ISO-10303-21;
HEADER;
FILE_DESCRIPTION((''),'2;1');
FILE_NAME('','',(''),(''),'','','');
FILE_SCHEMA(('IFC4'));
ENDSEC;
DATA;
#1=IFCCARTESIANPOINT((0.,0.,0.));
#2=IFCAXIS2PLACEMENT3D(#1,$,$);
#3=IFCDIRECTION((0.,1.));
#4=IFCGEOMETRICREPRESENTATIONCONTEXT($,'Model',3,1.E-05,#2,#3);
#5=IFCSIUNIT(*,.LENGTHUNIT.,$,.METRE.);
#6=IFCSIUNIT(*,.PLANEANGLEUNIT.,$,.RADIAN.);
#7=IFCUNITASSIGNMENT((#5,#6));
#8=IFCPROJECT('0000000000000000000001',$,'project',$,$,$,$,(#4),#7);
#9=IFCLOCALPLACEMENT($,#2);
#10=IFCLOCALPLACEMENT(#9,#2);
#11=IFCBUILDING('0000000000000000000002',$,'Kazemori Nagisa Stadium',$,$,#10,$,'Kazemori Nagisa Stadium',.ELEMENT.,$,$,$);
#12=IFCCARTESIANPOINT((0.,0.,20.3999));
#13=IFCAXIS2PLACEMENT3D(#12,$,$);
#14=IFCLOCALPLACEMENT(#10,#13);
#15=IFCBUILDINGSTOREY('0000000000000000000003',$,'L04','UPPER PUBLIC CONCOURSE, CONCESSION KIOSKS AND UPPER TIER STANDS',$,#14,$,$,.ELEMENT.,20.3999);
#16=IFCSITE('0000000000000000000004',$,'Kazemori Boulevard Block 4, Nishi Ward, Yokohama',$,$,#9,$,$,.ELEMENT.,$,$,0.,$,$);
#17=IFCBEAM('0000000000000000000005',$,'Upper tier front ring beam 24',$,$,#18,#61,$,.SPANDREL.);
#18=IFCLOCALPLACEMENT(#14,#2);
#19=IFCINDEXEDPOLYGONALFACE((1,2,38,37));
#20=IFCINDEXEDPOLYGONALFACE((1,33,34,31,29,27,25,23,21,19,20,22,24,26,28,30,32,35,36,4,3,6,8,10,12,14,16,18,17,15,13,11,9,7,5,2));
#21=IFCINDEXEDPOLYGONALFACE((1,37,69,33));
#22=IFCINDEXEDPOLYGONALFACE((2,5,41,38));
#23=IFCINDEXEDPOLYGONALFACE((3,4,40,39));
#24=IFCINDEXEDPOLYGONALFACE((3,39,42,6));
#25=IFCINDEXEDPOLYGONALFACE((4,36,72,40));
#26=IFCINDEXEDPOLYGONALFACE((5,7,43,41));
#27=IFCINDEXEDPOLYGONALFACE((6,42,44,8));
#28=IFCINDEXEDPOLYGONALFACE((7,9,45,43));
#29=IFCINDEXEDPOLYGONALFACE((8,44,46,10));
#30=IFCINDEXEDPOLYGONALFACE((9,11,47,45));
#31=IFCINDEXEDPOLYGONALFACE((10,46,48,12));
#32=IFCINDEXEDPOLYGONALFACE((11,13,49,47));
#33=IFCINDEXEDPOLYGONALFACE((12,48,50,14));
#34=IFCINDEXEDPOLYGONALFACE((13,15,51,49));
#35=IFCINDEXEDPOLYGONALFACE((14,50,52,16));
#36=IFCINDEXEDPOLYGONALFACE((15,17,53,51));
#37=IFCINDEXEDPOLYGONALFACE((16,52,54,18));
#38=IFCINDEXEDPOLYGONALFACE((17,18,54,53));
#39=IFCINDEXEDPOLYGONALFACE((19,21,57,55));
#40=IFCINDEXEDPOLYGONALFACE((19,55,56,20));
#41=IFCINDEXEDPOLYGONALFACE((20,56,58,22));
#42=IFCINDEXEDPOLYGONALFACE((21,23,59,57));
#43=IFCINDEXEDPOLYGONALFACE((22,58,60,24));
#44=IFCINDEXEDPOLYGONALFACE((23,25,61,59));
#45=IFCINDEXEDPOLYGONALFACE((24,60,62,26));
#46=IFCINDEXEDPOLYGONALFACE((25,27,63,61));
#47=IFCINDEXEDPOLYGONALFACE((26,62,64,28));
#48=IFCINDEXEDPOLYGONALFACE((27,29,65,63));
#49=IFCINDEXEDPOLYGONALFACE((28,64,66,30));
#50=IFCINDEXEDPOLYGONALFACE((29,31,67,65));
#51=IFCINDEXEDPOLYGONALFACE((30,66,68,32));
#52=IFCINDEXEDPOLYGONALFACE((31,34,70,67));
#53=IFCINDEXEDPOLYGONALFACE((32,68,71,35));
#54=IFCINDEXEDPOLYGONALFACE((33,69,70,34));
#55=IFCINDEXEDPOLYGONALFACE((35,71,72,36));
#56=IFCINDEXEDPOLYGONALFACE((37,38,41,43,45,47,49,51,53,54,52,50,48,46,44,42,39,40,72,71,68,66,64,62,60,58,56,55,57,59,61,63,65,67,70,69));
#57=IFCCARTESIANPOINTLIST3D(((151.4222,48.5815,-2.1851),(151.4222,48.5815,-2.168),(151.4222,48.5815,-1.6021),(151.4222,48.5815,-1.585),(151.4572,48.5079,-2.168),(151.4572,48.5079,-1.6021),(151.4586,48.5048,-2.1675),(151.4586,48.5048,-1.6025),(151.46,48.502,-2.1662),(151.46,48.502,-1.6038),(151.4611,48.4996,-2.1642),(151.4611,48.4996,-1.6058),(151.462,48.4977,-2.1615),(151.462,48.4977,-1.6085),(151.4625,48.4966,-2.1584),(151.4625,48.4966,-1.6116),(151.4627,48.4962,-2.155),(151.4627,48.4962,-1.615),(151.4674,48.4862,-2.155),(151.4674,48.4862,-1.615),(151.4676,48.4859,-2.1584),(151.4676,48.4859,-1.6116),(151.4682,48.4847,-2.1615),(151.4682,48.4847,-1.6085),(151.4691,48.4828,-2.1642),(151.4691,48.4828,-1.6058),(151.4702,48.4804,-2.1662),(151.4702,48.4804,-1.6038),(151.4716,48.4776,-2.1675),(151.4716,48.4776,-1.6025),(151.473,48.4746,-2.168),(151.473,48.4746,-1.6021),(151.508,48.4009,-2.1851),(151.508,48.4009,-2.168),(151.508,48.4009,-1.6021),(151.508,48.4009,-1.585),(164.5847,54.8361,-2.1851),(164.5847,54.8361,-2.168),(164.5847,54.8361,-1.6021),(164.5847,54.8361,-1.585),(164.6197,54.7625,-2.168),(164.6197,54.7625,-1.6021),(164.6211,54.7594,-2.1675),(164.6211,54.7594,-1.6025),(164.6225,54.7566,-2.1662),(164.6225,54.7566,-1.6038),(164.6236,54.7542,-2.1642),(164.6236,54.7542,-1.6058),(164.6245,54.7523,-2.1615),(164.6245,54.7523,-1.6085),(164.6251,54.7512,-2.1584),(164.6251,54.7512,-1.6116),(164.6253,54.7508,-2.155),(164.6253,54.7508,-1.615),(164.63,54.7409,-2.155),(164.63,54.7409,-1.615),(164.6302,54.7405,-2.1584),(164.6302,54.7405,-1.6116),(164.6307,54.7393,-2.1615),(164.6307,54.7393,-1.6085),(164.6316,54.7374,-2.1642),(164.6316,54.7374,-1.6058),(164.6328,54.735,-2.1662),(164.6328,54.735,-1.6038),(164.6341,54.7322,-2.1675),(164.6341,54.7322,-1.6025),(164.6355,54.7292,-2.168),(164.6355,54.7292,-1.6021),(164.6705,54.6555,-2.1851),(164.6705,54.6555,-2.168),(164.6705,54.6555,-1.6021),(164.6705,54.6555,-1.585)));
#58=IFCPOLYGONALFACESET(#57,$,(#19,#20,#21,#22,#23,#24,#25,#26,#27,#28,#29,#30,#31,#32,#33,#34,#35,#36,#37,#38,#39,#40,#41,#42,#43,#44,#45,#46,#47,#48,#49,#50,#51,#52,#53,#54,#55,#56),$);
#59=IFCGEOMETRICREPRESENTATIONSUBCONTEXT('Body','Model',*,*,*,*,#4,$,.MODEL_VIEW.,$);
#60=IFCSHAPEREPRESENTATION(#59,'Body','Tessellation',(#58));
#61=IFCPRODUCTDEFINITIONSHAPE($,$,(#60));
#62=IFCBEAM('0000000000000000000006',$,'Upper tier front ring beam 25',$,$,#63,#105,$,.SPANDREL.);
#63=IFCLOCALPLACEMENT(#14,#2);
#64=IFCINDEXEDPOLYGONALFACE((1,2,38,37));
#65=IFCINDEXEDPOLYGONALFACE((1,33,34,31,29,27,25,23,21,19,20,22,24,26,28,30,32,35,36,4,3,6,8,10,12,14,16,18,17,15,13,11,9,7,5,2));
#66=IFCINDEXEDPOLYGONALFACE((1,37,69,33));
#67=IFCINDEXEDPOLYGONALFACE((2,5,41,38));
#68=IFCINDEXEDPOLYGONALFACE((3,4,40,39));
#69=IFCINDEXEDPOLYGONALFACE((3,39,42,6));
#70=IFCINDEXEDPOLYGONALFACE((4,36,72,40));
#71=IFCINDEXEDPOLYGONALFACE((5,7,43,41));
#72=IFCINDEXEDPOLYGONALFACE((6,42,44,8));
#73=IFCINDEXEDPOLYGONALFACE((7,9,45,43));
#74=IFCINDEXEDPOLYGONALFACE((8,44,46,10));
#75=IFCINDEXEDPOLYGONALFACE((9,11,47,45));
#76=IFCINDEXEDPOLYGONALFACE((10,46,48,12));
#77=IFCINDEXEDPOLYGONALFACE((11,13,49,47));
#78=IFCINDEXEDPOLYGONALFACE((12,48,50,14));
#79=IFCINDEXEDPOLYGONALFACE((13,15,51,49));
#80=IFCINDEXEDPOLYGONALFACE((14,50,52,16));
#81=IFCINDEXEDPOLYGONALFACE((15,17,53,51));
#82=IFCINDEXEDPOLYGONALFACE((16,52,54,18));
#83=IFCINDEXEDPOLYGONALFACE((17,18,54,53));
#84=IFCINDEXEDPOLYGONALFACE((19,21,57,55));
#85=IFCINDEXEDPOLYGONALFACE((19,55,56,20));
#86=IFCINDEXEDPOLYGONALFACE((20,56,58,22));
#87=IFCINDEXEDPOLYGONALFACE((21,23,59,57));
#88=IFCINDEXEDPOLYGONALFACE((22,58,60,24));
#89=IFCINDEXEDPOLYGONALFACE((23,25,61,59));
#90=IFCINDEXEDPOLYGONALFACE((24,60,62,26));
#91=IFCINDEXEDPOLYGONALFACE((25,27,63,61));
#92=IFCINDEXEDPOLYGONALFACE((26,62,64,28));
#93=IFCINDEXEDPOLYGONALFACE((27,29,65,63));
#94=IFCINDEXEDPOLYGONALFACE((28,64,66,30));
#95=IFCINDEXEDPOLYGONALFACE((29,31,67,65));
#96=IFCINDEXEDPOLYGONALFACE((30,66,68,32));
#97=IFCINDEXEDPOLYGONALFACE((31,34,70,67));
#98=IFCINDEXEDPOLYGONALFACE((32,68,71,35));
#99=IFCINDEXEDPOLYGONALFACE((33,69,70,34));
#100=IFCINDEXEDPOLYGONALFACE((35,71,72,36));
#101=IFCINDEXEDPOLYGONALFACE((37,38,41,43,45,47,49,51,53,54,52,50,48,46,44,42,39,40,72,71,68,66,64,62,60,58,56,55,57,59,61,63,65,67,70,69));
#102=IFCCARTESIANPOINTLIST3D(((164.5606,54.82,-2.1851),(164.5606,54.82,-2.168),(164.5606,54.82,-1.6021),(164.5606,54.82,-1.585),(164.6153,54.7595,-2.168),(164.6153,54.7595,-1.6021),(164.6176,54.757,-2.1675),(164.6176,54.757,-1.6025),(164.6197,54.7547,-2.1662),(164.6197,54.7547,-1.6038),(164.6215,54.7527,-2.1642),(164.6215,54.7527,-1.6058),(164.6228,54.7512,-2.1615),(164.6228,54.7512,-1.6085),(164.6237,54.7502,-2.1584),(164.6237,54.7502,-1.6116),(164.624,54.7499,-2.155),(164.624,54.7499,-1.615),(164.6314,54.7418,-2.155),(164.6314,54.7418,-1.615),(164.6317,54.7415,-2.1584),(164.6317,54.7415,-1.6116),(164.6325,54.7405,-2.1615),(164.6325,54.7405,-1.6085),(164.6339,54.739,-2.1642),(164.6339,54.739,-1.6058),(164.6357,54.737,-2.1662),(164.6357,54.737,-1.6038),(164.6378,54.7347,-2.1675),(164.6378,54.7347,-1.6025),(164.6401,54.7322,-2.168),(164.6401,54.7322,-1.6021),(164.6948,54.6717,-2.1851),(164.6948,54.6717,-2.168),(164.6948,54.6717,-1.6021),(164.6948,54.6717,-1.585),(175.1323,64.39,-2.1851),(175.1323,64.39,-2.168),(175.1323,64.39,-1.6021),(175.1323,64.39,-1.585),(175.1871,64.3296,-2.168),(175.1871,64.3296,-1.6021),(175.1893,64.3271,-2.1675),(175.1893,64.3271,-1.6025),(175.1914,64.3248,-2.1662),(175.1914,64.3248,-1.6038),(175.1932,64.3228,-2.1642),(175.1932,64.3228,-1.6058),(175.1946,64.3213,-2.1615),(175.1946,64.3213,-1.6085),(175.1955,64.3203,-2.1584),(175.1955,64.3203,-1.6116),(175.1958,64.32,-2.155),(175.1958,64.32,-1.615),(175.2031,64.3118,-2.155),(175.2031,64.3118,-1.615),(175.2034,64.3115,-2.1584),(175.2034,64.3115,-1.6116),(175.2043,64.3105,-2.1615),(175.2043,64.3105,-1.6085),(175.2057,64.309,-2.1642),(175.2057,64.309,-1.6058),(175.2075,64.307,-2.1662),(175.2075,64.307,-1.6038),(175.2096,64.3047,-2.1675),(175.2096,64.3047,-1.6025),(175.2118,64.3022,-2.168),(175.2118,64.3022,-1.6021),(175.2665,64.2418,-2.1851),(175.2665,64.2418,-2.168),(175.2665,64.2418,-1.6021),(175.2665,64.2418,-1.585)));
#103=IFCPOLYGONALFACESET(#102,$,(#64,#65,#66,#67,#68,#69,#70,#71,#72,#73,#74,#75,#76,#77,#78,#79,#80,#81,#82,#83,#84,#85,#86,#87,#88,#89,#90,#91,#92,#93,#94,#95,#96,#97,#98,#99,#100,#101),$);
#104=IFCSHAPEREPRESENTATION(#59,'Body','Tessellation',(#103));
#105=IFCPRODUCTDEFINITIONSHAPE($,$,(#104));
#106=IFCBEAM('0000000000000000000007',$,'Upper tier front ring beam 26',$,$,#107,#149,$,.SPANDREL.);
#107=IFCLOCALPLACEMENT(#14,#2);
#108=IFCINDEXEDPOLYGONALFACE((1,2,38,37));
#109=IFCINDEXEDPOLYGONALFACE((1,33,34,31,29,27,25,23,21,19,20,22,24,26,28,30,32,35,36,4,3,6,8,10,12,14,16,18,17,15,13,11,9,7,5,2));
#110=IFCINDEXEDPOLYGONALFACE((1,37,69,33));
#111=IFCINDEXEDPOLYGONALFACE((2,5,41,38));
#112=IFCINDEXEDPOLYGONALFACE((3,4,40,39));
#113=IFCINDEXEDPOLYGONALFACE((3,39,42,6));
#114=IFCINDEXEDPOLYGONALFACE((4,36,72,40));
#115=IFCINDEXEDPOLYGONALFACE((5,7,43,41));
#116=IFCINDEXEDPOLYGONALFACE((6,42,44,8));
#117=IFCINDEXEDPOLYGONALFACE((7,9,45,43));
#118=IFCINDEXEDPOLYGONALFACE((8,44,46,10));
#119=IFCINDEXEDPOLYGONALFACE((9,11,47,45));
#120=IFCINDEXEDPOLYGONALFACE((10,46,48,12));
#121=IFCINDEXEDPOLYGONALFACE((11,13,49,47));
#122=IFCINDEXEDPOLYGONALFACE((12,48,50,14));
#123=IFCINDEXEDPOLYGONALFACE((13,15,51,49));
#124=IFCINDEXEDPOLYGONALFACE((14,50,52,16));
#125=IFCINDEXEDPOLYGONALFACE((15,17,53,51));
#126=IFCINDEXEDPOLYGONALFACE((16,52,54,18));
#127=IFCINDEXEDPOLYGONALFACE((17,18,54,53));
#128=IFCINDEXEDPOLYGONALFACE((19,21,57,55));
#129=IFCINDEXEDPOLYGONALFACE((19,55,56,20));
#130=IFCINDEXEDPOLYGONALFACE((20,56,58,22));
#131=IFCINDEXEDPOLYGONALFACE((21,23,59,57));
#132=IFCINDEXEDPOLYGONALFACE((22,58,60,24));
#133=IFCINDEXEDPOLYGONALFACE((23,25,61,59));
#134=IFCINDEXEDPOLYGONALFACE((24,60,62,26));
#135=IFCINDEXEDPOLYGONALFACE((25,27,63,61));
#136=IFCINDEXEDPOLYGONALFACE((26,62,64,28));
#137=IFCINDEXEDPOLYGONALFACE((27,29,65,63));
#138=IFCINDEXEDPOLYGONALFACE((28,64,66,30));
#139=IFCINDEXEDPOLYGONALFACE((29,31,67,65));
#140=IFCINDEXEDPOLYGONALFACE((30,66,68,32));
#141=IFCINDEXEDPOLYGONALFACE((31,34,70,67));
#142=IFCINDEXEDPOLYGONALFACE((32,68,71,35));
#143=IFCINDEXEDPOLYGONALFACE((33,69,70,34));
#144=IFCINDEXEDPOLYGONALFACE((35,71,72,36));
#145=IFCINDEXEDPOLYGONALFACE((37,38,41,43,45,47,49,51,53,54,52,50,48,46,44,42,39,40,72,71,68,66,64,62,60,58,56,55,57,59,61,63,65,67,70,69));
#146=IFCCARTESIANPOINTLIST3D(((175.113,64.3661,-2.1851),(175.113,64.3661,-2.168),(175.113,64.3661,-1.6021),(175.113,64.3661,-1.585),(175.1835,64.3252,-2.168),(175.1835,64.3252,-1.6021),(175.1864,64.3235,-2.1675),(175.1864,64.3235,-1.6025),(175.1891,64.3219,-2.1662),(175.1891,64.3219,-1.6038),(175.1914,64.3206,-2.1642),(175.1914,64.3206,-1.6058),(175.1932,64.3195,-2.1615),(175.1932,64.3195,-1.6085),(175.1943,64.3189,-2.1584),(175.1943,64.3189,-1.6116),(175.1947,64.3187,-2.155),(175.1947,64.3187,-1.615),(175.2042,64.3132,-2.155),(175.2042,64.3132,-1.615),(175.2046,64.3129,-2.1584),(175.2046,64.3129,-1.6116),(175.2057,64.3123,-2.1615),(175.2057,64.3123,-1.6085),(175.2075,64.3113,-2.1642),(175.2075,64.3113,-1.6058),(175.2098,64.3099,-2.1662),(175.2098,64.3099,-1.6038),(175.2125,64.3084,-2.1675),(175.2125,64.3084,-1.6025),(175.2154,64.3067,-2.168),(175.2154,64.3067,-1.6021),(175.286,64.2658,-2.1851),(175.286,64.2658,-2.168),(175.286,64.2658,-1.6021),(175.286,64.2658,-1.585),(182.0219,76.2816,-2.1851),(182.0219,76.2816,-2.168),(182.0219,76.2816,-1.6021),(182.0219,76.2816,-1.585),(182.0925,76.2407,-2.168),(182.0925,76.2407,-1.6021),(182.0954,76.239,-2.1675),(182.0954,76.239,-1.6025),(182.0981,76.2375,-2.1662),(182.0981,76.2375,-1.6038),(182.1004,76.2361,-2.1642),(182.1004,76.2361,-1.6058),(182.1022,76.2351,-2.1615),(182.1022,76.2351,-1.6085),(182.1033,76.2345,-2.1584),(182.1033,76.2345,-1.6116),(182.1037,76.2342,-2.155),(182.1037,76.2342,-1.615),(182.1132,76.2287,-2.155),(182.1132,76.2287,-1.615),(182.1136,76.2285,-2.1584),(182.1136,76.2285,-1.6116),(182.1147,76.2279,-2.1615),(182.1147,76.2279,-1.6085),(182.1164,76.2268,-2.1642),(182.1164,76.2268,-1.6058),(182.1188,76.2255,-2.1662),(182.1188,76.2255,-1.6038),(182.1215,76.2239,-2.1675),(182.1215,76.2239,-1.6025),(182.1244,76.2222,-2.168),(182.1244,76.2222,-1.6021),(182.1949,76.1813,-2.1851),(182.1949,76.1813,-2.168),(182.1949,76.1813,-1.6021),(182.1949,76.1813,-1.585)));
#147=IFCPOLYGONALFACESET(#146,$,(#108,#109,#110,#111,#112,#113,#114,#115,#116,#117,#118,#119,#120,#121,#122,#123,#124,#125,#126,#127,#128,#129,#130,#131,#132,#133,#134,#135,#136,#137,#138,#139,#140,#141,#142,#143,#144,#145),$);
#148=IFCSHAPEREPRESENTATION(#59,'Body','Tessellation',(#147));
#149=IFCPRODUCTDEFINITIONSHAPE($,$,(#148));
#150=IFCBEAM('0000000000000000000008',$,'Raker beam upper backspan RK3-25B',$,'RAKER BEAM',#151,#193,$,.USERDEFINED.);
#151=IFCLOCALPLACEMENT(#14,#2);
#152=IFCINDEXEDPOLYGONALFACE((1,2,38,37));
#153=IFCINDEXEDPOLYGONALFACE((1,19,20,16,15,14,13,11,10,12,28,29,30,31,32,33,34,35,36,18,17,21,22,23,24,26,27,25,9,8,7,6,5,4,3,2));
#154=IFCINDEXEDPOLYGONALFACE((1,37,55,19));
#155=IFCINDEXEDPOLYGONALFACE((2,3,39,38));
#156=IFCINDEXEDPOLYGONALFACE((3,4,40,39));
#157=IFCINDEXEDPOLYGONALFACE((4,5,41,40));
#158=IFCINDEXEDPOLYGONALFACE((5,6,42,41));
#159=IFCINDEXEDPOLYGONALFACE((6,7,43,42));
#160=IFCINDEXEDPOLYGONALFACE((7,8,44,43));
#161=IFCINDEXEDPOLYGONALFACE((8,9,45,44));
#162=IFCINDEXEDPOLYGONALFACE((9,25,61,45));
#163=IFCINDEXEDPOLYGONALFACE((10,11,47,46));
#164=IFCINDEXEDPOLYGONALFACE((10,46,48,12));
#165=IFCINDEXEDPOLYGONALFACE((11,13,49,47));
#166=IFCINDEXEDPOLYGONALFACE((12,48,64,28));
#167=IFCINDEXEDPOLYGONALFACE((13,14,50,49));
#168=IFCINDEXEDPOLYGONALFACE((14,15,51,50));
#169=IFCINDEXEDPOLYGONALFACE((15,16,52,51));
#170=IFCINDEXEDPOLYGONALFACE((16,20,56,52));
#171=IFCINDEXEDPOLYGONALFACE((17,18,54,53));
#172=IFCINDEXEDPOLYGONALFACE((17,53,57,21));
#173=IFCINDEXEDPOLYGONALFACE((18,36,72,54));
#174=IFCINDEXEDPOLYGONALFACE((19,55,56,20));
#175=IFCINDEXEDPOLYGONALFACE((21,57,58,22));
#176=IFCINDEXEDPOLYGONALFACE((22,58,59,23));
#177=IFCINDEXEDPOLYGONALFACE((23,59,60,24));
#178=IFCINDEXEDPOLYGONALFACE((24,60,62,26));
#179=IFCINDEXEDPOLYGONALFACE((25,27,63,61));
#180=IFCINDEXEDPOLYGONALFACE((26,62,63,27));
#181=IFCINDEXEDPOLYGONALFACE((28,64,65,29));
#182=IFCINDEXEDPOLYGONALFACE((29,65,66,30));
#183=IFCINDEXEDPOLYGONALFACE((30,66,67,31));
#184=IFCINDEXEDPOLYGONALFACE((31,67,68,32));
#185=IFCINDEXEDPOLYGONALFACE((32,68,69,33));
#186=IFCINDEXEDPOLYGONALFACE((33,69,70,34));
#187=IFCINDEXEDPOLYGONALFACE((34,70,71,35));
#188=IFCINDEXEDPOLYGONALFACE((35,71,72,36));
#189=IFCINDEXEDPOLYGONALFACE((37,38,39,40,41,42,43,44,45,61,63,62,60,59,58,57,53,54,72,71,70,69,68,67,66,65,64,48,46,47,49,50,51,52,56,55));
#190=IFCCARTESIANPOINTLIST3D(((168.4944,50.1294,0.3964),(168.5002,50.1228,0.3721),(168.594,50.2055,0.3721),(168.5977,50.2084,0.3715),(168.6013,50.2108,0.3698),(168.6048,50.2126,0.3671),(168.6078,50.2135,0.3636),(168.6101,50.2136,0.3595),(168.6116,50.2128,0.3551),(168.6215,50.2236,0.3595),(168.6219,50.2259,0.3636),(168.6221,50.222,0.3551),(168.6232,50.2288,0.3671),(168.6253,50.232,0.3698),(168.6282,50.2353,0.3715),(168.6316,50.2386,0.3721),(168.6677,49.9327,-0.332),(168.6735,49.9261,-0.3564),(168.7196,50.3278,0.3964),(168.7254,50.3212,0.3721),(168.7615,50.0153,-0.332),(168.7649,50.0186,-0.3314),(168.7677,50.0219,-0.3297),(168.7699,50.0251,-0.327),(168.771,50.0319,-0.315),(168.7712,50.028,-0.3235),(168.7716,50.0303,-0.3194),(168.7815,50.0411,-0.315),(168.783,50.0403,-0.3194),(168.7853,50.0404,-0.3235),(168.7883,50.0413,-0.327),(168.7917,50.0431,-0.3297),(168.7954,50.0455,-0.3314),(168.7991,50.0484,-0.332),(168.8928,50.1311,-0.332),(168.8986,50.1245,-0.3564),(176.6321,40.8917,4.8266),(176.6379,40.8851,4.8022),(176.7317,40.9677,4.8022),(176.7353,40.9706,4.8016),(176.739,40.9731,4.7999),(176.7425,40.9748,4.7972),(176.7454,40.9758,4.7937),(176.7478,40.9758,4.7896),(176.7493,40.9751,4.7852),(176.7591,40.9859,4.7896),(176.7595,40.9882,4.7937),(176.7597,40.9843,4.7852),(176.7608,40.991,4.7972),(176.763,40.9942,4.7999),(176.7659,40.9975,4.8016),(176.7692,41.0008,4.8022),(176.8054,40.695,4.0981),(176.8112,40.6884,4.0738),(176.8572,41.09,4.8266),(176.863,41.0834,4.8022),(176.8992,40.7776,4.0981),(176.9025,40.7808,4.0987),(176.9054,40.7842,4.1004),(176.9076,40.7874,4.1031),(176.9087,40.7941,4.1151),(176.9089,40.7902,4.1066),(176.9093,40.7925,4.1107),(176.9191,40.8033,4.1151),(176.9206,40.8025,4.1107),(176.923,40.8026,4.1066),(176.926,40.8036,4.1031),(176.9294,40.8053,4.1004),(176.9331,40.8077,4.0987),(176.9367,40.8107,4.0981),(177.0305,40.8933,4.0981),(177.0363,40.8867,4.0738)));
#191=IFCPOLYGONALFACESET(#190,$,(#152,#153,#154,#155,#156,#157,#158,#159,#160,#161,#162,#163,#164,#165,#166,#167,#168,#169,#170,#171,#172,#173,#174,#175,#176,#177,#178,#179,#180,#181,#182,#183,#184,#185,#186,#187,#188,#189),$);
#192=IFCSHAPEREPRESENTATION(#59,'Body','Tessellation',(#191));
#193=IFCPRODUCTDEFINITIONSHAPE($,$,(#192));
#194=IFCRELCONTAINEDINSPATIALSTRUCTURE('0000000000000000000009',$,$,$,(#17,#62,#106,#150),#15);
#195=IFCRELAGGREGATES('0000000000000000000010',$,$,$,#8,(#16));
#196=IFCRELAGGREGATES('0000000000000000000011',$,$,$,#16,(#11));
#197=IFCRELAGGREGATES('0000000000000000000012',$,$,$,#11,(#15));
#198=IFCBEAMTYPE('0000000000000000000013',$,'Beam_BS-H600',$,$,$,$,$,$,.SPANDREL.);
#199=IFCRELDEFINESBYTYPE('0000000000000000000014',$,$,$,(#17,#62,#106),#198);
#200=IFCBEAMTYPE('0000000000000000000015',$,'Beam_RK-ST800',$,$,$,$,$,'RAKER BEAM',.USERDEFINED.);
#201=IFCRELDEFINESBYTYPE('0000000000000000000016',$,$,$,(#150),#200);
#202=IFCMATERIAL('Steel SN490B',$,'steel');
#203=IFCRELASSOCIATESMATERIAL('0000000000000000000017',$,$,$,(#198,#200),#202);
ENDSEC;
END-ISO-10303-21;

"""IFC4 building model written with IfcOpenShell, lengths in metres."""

from ifc_helpers import new_model, si_unit, direction, frame, origin, origin_2d, place, context, subcontext, project, spatial, i_section, extrude, material, material_profile, profile_set, type_object, element, save


model = new_model("IFC4")

# Units and contexts
model_context = context("Model", 3, precision=1e-05, world=origin(), true_north=direction((0.0, 1.0)))
body_context = subcontext(model_context, "Body", "Model", "MODEL_VIEW")
ifc_project = project(units=[si_unit("LENGTHUNIT", "METRE"), si_unit("PLANEANGLEUNIT", "RADIAN")], contexts=[model_context])

# Site, building, storey
site_placement = place(None, origin())
site = spatial("IfcSite", under=ifc_project, at=site_placement, Name="Kazemori Boulevard Block 4, Nishi Ward, Yokohama", CompositionType="ELEMENT", RefElevation=0.0)
building_placement = place(site_placement, origin())
building = spatial("IfcBuilding", under=site, at=building_placement, Name="Kazemori Nagisa Stadium", LongName="Kazemori Nagisa Stadium", CompositionType="ELEMENT")
storey_placement = place(building_placement, frame((0.0, 0.0, 20.3999)))
storey = spatial("IfcBuildingStorey", under=building, at=storey_placement, Name="L04", Description="UPPER PUBLIC CONCOURSE, CONCESSION KIOSKS AND UPPER TIER STANDS", CompositionType="ELEMENT", Elevation=20.3999)

# Beams
ifc_material_1 = material(Name="Steel SN490B", Category="steel")
ifc_material_profile_1 = material_profile(ifc_material_1, i_section(OverallWidth=0.2, OverallDepth=0.6001, WebThickness=0.011, FlangeThickness=0.0171, FilletRadius=0.0129, at=origin_2d()), Name="H-600x200x11x17")
ifc_profile_set_1 = profile_set([ifc_material_profile_1], Name="Steel SN490B")
beam_type_1 = type_object("IfcBeamType", Name="Beam_BS-H600", PredefinedType="SPANDREL", material=ifc_profile_set_1)
beam_1_placement = place(storey_placement, frame((151.4651, 48.4912, -1.885), z_axis=(0.903214, 0.429191, 0.0), x_axis=(-0.429191, 0.903214, 0.0)))
element("IfcBeam", 1, at=beam_1_placement, inside=storey, type_object=beam_type_1, Name="Upper tier front ring beam 24", PredefinedType="SPANDREL", context=body_context, shape_type="SweptSolid", body=[
    extrude(i_section(OverallWidth=0.2, OverallDepth=0.6001, WebThickness=0.011, FlangeThickness=0.0171, FilletRadius=0.0129, at=origin_2d()), origin(), (0.0, 0.0, 1.0), 14.573),
])
beam_2_placement = place(storey_placement, frame((164.6277, 54.7458, -1.885), z_axis=(0.741357, 0.671111, 0.0), x_axis=(-0.671111, 0.741357, 0.0)))
element("IfcBeam", 2, at=beam_2_placement, inside=storey, type_object=beam_type_1, Name="Upper tier front ring beam 25", PredefinedType="SPANDREL", context=body_context, shape_type="SweptSolid", body=[
    extrude(i_section(OverallWidth=0.2, OverallDepth=0.6001, WebThickness=0.011, FlangeThickness=0.0171, FilletRadius=0.0129, at=origin_2d()), origin(), (0.0, 0.0, 1.0), 14.26),
])
beam_3_placement = place(storey_placement, frame((175.1995, 64.3159, -1.885), z_axis=(0.501606, 0.865096, 0.0), x_axis=(-0.865096, 0.501606, 0.0)))
element("IfcBeam", 3, at=beam_3_placement, inside=storey, type_object=beam_type_1, Name="Upper tier front ring beam 26", PredefinedType="SPANDREL", context=body_context, shape_type="SweptSolid", body=[
    extrude(i_section(OverallWidth=0.2, OverallDepth=0.6001, WebThickness=0.011, FlangeThickness=0.0171, FilletRadius=0.0129, at=origin_2d()), origin(), (0.0, 0.0, 1.0), 13.7737),
])
ifc_material_profile_2 = material_profile(ifc_material_1, i_section(OverallWidth=0.3, OverallDepth=0.8, WebThickness=0.0139, FlangeThickness=0.0259, FilletRadius=0.0181, at=origin_2d()), Name="H-800x300x14x26")
ifc_profile_set_2 = profile_set([ifc_material_profile_2], Name="Steel SN490B")
beam_type_2 = type_object("IfcBeamType", Name="Beam_RK-ST800", ElementType="RAKER BEAM", PredefinedType="USERDEFINED", material=ifc_profile_set_2)
beam_4_placement = place(storey_placement, frame((168.6965, 50.127, 0.02), z_axis=(0.621968, -0.706049, 0.338601), x_axis=(0.750374, 0.661014, 0.0)))
element("IfcBeam", 4, at=beam_4_placement, inside=storey, type_object=beam_type_2, Name="Raker beam upper backspan RK3-25B", ObjectType="RAKER BEAM", PredefinedType="USERDEFINED", context=body_context, shape_type="SweptSolid", body=[
    extrude(i_section(OverallWidth=0.3, OverallDepth=0.8, WebThickness=0.0139, FlangeThickness=0.0259, FilletRadius=0.0181, at=origin_2d()), origin(), (0.0, 0.0, 1.0), 13.0837),
])

save(model, "model.ifc")
